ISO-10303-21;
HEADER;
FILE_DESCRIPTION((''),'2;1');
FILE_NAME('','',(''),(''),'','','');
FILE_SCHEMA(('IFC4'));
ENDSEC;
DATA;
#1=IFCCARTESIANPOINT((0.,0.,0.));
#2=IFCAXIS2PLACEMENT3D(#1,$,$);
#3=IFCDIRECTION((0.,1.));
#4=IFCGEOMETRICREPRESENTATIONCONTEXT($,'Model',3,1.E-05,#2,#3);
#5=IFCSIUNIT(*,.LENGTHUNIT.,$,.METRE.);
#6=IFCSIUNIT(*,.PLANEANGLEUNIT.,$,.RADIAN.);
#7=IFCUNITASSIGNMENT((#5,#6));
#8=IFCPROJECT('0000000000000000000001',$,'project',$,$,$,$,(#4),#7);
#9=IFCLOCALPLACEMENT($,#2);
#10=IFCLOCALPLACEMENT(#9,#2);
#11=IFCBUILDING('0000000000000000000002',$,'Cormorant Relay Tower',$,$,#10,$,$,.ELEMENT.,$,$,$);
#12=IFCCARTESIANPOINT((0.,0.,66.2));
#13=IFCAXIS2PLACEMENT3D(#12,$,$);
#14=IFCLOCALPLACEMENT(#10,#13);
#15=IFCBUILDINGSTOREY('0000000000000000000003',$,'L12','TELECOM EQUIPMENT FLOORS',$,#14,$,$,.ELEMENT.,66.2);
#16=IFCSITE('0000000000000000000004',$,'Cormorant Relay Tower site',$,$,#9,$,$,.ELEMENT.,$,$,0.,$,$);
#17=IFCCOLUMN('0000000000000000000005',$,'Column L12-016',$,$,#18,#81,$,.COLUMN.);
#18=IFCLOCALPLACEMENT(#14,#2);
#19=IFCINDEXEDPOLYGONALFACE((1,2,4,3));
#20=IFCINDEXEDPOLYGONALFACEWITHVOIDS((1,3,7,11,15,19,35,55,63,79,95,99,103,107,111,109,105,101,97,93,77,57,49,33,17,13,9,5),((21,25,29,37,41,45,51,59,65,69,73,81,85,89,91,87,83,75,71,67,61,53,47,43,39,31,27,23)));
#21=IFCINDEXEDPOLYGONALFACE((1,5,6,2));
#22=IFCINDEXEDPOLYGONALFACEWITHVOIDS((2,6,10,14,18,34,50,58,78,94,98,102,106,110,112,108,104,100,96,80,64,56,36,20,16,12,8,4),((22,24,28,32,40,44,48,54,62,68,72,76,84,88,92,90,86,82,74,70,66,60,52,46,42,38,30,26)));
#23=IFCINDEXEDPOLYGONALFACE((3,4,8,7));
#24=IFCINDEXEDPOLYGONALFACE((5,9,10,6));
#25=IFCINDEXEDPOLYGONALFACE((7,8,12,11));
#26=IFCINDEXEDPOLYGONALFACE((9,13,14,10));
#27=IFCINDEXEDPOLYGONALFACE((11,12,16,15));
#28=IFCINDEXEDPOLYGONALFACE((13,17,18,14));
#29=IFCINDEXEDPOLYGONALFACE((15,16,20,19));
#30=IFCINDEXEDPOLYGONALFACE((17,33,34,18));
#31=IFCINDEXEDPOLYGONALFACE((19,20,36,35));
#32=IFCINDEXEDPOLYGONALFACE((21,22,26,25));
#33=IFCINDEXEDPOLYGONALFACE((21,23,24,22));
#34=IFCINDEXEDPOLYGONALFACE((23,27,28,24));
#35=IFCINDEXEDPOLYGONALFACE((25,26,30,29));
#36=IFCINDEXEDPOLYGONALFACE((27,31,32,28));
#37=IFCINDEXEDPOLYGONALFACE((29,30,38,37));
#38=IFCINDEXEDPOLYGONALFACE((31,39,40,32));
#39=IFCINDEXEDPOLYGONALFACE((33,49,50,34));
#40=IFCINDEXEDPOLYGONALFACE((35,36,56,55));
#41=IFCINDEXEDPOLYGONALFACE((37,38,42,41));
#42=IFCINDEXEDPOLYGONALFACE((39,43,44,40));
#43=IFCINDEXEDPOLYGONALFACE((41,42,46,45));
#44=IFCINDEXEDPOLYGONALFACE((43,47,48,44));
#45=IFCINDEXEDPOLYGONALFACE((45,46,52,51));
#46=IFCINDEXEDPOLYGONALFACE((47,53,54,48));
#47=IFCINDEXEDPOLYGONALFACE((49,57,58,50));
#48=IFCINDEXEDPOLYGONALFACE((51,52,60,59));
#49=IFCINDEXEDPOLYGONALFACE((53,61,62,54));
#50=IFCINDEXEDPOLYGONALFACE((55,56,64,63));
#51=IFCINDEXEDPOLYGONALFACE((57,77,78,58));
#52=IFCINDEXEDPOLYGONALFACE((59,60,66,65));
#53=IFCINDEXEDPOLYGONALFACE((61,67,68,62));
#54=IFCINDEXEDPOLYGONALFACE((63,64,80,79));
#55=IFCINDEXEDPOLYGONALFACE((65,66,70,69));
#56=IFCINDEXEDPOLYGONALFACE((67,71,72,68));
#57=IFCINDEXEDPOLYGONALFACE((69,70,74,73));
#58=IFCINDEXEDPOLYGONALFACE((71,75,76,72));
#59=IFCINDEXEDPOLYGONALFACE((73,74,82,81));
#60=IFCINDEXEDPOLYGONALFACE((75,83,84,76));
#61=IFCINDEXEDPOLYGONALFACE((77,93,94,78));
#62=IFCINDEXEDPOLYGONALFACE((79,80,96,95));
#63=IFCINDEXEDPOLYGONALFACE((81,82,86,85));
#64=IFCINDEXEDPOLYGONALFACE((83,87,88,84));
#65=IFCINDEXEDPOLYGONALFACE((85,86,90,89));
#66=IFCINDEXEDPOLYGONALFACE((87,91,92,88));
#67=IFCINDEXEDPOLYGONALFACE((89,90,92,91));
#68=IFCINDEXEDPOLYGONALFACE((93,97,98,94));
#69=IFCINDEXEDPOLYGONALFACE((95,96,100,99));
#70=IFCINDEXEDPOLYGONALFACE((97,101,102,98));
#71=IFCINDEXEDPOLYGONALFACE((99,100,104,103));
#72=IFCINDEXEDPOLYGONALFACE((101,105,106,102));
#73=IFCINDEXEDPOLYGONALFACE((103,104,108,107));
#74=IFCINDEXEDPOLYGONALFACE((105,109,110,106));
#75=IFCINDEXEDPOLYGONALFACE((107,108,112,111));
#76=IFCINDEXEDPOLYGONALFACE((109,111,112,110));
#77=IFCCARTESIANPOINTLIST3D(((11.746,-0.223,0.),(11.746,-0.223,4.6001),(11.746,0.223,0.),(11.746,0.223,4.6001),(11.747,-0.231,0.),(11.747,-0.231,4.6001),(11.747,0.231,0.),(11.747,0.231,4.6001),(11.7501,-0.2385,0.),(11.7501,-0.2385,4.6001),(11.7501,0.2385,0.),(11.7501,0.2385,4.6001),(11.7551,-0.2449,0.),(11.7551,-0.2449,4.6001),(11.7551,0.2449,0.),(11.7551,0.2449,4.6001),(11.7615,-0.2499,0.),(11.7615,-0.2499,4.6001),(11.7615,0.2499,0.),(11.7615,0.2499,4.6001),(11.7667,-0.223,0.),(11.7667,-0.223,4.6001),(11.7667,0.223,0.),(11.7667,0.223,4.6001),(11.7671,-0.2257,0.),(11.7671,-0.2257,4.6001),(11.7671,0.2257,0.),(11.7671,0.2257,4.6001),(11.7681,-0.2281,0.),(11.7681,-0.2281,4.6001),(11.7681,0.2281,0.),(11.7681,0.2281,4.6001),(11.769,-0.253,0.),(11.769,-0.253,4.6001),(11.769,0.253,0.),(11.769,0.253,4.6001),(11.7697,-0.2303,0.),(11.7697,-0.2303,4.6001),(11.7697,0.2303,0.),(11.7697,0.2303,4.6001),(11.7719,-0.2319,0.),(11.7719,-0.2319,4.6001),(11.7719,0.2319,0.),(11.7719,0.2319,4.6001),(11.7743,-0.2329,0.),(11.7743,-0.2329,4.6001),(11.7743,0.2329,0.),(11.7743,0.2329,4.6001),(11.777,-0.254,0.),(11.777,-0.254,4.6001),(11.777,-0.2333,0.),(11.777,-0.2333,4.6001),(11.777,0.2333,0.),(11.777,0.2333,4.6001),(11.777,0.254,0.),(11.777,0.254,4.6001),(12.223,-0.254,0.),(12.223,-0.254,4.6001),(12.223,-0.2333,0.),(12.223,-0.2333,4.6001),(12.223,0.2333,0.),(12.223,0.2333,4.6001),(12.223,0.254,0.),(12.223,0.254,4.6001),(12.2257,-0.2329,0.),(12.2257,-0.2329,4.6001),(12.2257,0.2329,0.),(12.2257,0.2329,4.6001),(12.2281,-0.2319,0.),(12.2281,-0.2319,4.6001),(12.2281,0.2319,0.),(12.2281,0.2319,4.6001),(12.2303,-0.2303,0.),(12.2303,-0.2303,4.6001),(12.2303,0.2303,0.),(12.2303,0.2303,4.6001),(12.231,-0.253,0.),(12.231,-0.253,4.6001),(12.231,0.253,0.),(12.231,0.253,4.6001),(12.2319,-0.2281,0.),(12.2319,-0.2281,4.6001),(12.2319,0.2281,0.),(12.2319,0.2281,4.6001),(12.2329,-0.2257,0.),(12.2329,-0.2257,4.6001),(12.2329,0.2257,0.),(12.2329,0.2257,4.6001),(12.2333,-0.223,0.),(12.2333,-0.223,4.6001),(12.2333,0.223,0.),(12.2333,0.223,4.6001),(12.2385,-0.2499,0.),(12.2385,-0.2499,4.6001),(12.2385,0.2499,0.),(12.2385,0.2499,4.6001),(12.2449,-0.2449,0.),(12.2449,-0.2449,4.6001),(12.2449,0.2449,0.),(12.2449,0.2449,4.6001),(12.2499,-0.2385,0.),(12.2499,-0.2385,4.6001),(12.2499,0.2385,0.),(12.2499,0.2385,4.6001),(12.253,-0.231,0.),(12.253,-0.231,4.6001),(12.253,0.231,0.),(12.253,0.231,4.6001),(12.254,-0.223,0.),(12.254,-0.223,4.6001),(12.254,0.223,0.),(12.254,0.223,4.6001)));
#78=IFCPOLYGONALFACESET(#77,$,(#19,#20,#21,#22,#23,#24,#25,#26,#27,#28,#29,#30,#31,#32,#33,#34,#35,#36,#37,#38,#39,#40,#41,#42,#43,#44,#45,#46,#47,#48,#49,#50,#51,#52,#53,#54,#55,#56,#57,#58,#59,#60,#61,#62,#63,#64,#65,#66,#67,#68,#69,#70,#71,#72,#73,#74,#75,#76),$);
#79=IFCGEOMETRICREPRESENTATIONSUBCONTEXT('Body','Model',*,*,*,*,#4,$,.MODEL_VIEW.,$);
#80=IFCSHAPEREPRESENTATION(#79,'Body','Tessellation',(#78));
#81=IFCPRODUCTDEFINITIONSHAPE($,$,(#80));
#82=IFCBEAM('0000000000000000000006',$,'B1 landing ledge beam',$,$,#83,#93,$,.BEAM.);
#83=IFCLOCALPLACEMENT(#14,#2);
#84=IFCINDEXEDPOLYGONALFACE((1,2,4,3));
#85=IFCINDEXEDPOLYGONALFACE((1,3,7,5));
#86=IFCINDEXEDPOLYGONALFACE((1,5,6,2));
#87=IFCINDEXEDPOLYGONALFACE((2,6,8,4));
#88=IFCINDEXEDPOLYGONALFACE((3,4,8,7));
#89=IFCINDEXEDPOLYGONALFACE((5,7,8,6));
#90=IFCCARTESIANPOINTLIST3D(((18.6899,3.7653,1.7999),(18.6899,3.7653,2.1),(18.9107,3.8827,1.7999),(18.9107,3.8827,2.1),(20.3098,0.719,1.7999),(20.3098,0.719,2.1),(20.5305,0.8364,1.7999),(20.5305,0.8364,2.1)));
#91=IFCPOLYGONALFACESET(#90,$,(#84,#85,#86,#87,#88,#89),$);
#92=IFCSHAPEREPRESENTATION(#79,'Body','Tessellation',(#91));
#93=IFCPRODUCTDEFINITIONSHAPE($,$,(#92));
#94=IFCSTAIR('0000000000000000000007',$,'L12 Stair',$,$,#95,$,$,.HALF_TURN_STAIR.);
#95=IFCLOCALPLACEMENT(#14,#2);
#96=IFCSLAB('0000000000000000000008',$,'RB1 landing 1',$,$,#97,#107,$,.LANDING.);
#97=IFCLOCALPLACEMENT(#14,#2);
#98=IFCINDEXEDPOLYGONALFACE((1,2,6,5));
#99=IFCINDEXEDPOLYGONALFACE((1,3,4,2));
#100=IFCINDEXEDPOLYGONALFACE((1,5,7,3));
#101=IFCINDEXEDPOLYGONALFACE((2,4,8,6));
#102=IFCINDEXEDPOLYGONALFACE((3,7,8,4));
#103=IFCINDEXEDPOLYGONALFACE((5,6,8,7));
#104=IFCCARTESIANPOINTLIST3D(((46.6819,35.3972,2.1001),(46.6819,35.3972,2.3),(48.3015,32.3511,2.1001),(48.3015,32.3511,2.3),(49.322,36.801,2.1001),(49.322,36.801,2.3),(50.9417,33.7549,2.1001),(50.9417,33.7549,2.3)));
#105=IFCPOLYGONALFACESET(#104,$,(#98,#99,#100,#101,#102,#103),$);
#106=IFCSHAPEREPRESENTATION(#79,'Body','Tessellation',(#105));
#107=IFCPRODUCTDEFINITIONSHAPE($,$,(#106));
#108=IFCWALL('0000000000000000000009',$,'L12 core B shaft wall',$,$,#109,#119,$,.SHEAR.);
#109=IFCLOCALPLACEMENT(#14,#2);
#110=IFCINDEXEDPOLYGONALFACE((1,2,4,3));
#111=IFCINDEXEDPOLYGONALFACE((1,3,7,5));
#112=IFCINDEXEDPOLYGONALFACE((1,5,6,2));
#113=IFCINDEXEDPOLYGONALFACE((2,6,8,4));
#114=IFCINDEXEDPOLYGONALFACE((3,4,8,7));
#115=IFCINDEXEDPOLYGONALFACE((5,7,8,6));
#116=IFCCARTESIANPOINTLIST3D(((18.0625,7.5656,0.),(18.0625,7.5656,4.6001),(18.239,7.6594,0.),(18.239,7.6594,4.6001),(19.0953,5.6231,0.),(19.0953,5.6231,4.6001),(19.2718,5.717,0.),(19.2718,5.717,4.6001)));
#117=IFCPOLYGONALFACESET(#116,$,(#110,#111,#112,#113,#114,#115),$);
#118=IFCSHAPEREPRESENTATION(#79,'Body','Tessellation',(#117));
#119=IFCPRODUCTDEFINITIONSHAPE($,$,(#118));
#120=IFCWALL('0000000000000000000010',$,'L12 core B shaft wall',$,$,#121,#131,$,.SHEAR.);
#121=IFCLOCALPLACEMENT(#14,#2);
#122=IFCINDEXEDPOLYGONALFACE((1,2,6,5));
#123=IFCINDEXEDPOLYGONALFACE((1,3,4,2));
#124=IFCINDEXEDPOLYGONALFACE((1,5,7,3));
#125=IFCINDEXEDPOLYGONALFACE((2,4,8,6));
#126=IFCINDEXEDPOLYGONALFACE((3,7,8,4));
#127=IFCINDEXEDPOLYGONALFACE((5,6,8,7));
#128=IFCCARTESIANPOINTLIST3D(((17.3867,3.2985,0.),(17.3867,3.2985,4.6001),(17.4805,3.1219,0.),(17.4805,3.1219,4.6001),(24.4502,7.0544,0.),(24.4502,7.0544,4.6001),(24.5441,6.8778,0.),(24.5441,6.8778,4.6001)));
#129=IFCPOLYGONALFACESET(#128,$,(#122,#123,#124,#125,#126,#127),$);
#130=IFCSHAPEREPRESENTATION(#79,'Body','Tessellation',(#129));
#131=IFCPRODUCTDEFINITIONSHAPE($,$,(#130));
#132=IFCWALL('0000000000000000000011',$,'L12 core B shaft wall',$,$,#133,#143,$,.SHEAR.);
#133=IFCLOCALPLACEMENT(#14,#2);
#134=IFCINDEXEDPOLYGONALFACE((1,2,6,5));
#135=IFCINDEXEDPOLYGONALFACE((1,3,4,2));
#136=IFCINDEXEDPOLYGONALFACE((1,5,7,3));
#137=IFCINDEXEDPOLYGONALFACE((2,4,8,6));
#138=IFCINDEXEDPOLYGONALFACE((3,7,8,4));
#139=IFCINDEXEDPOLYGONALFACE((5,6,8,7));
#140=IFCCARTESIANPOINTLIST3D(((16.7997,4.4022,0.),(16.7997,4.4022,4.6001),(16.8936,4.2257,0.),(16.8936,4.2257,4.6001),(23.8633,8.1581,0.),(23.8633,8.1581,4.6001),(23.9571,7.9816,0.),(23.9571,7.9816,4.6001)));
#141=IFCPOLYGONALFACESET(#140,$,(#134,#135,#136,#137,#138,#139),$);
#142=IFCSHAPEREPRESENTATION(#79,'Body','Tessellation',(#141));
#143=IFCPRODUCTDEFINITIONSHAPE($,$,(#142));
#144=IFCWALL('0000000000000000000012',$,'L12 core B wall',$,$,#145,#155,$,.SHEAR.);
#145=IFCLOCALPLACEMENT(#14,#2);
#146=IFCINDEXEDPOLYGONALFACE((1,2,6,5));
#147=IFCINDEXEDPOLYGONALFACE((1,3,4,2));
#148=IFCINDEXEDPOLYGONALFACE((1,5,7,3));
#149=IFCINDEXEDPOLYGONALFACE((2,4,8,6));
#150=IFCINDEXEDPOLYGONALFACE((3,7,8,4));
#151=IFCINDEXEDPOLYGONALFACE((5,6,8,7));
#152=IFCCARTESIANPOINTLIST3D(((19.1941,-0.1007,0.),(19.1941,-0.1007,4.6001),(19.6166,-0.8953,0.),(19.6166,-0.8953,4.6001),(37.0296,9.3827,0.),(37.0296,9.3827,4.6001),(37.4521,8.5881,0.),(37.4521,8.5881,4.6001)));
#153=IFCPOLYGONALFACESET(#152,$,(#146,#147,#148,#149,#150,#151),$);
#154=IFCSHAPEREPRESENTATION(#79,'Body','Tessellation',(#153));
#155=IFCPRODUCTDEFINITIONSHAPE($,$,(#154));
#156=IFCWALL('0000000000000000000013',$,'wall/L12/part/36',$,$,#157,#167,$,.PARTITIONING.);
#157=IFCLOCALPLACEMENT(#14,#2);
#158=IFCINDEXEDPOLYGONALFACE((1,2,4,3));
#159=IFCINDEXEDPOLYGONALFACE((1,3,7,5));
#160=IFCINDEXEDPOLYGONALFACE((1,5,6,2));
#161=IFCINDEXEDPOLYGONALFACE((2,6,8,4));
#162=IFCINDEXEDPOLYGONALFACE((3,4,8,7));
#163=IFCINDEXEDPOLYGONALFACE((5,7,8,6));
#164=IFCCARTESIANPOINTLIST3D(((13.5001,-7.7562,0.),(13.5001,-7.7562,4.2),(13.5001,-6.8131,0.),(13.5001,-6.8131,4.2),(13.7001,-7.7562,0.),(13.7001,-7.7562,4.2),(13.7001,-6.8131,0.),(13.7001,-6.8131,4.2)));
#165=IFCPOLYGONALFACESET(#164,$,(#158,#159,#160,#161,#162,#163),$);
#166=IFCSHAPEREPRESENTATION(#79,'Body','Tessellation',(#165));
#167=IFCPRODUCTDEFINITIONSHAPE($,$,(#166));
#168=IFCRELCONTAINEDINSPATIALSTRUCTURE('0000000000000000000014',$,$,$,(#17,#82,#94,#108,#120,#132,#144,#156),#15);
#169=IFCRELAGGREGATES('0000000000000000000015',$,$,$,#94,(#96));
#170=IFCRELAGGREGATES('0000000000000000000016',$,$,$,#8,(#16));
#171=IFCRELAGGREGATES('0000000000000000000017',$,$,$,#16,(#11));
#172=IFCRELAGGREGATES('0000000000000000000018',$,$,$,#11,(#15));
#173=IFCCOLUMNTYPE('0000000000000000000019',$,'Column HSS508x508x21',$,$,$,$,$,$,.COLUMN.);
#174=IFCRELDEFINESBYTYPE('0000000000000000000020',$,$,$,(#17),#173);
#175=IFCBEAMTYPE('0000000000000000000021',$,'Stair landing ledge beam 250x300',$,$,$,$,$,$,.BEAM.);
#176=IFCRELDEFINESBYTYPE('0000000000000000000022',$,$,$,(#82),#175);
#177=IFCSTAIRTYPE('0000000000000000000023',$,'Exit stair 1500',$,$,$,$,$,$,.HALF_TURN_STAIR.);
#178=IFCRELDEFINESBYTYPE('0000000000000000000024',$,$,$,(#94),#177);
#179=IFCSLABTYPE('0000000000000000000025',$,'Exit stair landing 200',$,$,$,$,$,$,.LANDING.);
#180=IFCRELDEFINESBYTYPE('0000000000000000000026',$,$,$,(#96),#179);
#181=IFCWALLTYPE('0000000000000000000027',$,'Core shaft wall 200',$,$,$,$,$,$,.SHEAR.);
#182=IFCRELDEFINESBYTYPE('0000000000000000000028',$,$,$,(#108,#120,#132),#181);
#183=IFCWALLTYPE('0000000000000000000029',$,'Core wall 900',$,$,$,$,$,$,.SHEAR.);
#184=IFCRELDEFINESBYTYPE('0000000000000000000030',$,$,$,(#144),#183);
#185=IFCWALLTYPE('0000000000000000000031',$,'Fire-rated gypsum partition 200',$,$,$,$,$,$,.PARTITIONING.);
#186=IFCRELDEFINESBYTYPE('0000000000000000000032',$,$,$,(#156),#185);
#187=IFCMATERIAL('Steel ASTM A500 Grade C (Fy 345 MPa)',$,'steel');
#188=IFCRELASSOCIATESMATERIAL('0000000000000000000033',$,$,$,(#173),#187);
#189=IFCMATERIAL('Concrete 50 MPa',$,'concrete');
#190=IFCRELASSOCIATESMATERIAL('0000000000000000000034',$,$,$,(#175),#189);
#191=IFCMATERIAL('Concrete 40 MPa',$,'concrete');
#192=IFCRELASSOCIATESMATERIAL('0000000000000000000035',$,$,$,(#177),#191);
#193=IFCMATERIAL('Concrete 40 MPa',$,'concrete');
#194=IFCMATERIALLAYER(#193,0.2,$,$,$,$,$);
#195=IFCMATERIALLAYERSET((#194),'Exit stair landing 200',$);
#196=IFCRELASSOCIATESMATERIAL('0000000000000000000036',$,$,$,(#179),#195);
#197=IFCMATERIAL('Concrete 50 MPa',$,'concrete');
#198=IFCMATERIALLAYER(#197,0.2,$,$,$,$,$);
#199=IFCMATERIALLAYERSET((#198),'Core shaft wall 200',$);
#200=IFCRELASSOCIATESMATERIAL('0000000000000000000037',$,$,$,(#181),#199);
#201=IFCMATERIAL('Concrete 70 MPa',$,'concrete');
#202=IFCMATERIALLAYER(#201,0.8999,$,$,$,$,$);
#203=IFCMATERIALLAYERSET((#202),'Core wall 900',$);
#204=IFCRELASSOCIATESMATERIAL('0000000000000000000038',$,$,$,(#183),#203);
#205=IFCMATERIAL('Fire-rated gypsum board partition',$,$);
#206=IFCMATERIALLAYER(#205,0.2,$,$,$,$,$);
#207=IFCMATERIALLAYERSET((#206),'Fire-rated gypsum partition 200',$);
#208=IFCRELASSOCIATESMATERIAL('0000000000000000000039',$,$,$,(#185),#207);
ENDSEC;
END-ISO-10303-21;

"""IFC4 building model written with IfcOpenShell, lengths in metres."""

from ifc_helpers import new_model, si_unit, direction, frame, frame_2d, origin, origin_2d, place, context, subcontext, project, spatial, polyline, rectangle, hollow_rectangle, outline, extrude, material, layer, layer_set, material_profile, profile_set, type_object, element, aggregate, save


model = new_model("IFC4")

# Units and contexts
model_context = context("Model", 3, precision=1e-05, world=origin(), true_north=direction((0.0, 1.0)))
body_context = subcontext(model_context, "Body", "Model", "MODEL_VIEW")
ifc_project = project(units=[si_unit("LENGTHUNIT", "METRE"), si_unit("PLANEANGLEUNIT", "RADIAN")], contexts=[model_context])

# Site, building, storey
site_placement = place(None, origin())
site = spatial("IfcSite", under=ifc_project, at=site_placement, Name="Cormorant Relay Tower site", CompositionType="ELEMENT", RefElevation=0.0)
building_placement = place(site_placement, origin())
building = spatial("IfcBuilding", under=site, at=building_placement, Name="Cormorant Relay Tower", CompositionType="ELEMENT")
storey_placement = place(building_placement, frame((0.0, 0.0, 66.2)))
storey = spatial("IfcBuildingStorey", under=building, at=storey_placement, Name="L12", Description="TELECOM EQUIPMENT FLOORS", CompositionType="ELEMENT", Elevation=66.2)

# Column
ifc_material_1 = material(Name="Steel ASTM A500 Grade C (Fy 345 MPa)", Category="steel")
ifc_material_profile_1 = material_profile(ifc_material_1, hollow_rectangle(XDim=0.5081, YDim=0.5081, WallThickness=0.0208, InnerFilletRadius=0.0103, OuterFilletRadius=0.031, at=origin_2d()), Name="HSS508x508x21")
ifc_profile_set_1 = profile_set([ifc_material_profile_1], Name="Steel ASTM A500 Grade C (Fy 345 MPa)")
column_type = type_object("IfcColumnType", Name="Column HSS508x508x21", PredefinedType="COLUMN", material=ifc_profile_set_1)
column_placement = place(storey_placement, frame((12.0, 0.0, 0.0), z_axis=(0.0, 0.0, 1.0), x_axis=(1.0, 0.0, 0.0)))
element("IfcColumn", 1, at=column_placement, inside=storey, type_object=column_type, Name="Column L12-016", PredefinedType="COLUMN", context=body_context, shape_type="SweptSolid", body=[
    extrude(hollow_rectangle(XDim=0.5081, YDim=0.5081, WallThickness=0.0208, InnerFilletRadius=0.0103, OuterFilletRadius=0.031, at=origin_2d()), origin(), (0.0, 0.0, 1.0), 4.6001),
])

# Beam
ifc_material_2 = material(Name="Concrete 50 MPa", Category="concrete")
ifc_material_profile_2 = material_profile(ifc_material_2, rectangle(XDim=0.25, YDim=0.3, at=origin_2d()), Name="RC 250x300")
ifc_profile_set_2 = profile_set([ifc_material_profile_2], Name="Concrete 50 MPa")
beam_type = type_object("IfcBeamType", Name="Stair landing ledge beam 250x300", PredefinedType="BEAM", material=ifc_profile_set_2)
beam_placement = place(storey_placement, frame((18.8003, 3.824, 1.95), z_axis=(0.46949, -0.882938, 0.0), x_axis=(0.882938, 0.46949, 0.0)))
element("IfcBeam", 2, at=beam_placement, inside=storey, type_object=beam_type, Name="B1 landing ledge beam", PredefinedType="BEAM", context=body_context, shape_type="SweptSolid", body=[
    extrude(rectangle(XDim=0.25, YDim=0.3, at=origin_2d()), origin(), (0.0, 0.0, 1.0), 3.4502),
])

# Stair, slab
ifc_material_3 = material(Name="Concrete 40 MPa", Category="concrete")
stair_type = type_object("IfcStairType", Name="Exit stair 1500", PredefinedType="HALF_TURN_STAIR", material=ifc_material_3)
stair_1_placement = place(storey_placement, origin())
stair_1 = element("IfcStair", 3, at=stair_1_placement, inside=storey, type_object=stair_type, Name="L12 Stair", PredefinedType="HALF_TURN_STAIR")
ifc_material_4 = material(Name="Concrete 40 MPa", Category="concrete")
ifc_layer_1 = layer(ifc_material_4, 0.2)
ifc_layer_set_1 = layer_set([ifc_layer_1], Name="Exit stair landing 200")
slab_type = type_object("IfcSlabType", Name="Exit stair landing 200", PredefinedType="LANDING", material=ifc_layer_set_1)
slab_placement = place(storey_placement, frame((0.0, 0.0, 2.1001)))
slab = element("IfcSlab", 4, at=slab_placement, type_object=slab_type, Name="RB1 landing 1", PredefinedType="LANDING", context=body_context, shape_type="SweptSolid", body=[
    extrude(outline(polyline([(48.3015, 32.3511), (50.9417, 33.7549), (49.322, 36.801), (46.6819, 35.3972), (48.3015, 32.3511)])), origin(), (0.0, 0.0, 1.0), 0.2),
])
aggregate(stair_1, [slab])

# Walls
ifc_material_5 = material(Name="Concrete 50 MPa", Category="concrete")
ifc_layer_2 = layer(ifc_material_5, 0.2)
ifc_layer_set_2 = layer_set([ifc_layer_2], Name="Core shaft wall 200")
wall_type_1 = type_object("IfcWallType", Name="Core shaft wall 200", PredefinedType="SHEAR", material=ifc_layer_set_2)
wall_1_placement = place(storey_placement, frame((19.1836, 5.6699, 0.0), z_axis=(0.0, 0.0, 1.0), x_axis=(-0.469447, 0.88296, 0.0)))
element("IfcWall", 5, at=wall_1_placement, inside=storey, type_object=wall_type_1, Name="L12 core B shaft wall", PredefinedType="SHEAR", context=body_context, shape_type="SweptSolid", body=[
    extrude(rectangle(XDim=2.2, YDim=0.2, at=frame_2d((1.1001, 0.0))), origin(), (0.0, 0.0, 1.0), 4.6001),
])
for number, where, z_axis, x_axis, name in (
    (6, (17.4336, 3.2102, 0.0), (0.0, 0.0, 1.0), (0.88294, 0.469485, 0.0), "L12 core B shaft wall"),
    (7, (16.8467, 4.314, 0.0), (0.0, 0.0, 1.0), (0.88294, 0.469485, 0.0), "L12 core B shaft wall"),
):
    element("IfcWall", number, at=place(storey_placement, frame(where, z_axis=z_axis, x_axis=x_axis)), inside=storey, type_object=wall_type_1, Name=name, PredefinedType="SHEAR", context=body_context, shape_type="SweptSolid", body=[
        extrude(rectangle(XDim=8.0, YDim=0.2, at=frame_2d((4.0, 0.0))), origin(), (0.0, 0.0, 1.0), 4.6001),
    ])

# Shared definitions
ifc_material_6 = material(Name="Concrete 70 MPa", Category="concrete")
ifc_layer_3 = layer(ifc_material_6, 0.8999)
ifc_layer_set_3 = layer_set([ifc_layer_3], Name="Core wall 900")
wall_type_2 = type_object("IfcWallType", Name="Core wall 900", PredefinedType="SHEAR", material=ifc_layer_set_3)

# Walls
wall_2_placement = place(storey_placement, frame((19.4053, -0.498, 0.0), z_axis=(0.0, 0.0, 1.0), x_axis=(0.882945, 0.469476, 0.0)))
element("IfcWall", 8, at=wall_2_placement, inside=storey, type_object=wall_type_2, Name="L12 core B wall", PredefinedType="SHEAR", context=body_context, shape_type="SweptSolid", body=[
    extrude(rectangle(XDim=20.2, YDim=0.8999, at=frame_2d((10.1001, 0.0))), origin(), (0.0, 0.0, 1.0), 4.6001),
])
ifc_material_7 = material(Name="Fire-rated gypsum board partition")
ifc_layer_4 = layer(ifc_material_7, 0.2)
ifc_layer_set_4 = layer_set([ifc_layer_4], Name="Fire-rated gypsum partition 200")
wall_type_3 = type_object("IfcWallType", Name="Fire-rated gypsum partition 200", PredefinedType="PARTITIONING", material=ifc_layer_set_4)
wall_3_placement = place(storey_placement, frame((13.6001, -6.813, 0.0), z_axis=(0.0, 0.0, 1.0), x_axis=(0.0, -1.0, 0.0)))
element("IfcWall", 9, at=wall_3_placement, inside=storey, type_object=wall_type_3, Name="wall/L12/part/36", PredefinedType="PARTITIONING", context=body_context, shape_type="SweptSolid", body=[
    extrude(rectangle(XDim=0.9431, YDim=0.2, at=frame_2d((0.4717, 0.0))), origin(), (0.0, 0.0, 1.0), 4.2),
])

save(model, "model.ifc")
